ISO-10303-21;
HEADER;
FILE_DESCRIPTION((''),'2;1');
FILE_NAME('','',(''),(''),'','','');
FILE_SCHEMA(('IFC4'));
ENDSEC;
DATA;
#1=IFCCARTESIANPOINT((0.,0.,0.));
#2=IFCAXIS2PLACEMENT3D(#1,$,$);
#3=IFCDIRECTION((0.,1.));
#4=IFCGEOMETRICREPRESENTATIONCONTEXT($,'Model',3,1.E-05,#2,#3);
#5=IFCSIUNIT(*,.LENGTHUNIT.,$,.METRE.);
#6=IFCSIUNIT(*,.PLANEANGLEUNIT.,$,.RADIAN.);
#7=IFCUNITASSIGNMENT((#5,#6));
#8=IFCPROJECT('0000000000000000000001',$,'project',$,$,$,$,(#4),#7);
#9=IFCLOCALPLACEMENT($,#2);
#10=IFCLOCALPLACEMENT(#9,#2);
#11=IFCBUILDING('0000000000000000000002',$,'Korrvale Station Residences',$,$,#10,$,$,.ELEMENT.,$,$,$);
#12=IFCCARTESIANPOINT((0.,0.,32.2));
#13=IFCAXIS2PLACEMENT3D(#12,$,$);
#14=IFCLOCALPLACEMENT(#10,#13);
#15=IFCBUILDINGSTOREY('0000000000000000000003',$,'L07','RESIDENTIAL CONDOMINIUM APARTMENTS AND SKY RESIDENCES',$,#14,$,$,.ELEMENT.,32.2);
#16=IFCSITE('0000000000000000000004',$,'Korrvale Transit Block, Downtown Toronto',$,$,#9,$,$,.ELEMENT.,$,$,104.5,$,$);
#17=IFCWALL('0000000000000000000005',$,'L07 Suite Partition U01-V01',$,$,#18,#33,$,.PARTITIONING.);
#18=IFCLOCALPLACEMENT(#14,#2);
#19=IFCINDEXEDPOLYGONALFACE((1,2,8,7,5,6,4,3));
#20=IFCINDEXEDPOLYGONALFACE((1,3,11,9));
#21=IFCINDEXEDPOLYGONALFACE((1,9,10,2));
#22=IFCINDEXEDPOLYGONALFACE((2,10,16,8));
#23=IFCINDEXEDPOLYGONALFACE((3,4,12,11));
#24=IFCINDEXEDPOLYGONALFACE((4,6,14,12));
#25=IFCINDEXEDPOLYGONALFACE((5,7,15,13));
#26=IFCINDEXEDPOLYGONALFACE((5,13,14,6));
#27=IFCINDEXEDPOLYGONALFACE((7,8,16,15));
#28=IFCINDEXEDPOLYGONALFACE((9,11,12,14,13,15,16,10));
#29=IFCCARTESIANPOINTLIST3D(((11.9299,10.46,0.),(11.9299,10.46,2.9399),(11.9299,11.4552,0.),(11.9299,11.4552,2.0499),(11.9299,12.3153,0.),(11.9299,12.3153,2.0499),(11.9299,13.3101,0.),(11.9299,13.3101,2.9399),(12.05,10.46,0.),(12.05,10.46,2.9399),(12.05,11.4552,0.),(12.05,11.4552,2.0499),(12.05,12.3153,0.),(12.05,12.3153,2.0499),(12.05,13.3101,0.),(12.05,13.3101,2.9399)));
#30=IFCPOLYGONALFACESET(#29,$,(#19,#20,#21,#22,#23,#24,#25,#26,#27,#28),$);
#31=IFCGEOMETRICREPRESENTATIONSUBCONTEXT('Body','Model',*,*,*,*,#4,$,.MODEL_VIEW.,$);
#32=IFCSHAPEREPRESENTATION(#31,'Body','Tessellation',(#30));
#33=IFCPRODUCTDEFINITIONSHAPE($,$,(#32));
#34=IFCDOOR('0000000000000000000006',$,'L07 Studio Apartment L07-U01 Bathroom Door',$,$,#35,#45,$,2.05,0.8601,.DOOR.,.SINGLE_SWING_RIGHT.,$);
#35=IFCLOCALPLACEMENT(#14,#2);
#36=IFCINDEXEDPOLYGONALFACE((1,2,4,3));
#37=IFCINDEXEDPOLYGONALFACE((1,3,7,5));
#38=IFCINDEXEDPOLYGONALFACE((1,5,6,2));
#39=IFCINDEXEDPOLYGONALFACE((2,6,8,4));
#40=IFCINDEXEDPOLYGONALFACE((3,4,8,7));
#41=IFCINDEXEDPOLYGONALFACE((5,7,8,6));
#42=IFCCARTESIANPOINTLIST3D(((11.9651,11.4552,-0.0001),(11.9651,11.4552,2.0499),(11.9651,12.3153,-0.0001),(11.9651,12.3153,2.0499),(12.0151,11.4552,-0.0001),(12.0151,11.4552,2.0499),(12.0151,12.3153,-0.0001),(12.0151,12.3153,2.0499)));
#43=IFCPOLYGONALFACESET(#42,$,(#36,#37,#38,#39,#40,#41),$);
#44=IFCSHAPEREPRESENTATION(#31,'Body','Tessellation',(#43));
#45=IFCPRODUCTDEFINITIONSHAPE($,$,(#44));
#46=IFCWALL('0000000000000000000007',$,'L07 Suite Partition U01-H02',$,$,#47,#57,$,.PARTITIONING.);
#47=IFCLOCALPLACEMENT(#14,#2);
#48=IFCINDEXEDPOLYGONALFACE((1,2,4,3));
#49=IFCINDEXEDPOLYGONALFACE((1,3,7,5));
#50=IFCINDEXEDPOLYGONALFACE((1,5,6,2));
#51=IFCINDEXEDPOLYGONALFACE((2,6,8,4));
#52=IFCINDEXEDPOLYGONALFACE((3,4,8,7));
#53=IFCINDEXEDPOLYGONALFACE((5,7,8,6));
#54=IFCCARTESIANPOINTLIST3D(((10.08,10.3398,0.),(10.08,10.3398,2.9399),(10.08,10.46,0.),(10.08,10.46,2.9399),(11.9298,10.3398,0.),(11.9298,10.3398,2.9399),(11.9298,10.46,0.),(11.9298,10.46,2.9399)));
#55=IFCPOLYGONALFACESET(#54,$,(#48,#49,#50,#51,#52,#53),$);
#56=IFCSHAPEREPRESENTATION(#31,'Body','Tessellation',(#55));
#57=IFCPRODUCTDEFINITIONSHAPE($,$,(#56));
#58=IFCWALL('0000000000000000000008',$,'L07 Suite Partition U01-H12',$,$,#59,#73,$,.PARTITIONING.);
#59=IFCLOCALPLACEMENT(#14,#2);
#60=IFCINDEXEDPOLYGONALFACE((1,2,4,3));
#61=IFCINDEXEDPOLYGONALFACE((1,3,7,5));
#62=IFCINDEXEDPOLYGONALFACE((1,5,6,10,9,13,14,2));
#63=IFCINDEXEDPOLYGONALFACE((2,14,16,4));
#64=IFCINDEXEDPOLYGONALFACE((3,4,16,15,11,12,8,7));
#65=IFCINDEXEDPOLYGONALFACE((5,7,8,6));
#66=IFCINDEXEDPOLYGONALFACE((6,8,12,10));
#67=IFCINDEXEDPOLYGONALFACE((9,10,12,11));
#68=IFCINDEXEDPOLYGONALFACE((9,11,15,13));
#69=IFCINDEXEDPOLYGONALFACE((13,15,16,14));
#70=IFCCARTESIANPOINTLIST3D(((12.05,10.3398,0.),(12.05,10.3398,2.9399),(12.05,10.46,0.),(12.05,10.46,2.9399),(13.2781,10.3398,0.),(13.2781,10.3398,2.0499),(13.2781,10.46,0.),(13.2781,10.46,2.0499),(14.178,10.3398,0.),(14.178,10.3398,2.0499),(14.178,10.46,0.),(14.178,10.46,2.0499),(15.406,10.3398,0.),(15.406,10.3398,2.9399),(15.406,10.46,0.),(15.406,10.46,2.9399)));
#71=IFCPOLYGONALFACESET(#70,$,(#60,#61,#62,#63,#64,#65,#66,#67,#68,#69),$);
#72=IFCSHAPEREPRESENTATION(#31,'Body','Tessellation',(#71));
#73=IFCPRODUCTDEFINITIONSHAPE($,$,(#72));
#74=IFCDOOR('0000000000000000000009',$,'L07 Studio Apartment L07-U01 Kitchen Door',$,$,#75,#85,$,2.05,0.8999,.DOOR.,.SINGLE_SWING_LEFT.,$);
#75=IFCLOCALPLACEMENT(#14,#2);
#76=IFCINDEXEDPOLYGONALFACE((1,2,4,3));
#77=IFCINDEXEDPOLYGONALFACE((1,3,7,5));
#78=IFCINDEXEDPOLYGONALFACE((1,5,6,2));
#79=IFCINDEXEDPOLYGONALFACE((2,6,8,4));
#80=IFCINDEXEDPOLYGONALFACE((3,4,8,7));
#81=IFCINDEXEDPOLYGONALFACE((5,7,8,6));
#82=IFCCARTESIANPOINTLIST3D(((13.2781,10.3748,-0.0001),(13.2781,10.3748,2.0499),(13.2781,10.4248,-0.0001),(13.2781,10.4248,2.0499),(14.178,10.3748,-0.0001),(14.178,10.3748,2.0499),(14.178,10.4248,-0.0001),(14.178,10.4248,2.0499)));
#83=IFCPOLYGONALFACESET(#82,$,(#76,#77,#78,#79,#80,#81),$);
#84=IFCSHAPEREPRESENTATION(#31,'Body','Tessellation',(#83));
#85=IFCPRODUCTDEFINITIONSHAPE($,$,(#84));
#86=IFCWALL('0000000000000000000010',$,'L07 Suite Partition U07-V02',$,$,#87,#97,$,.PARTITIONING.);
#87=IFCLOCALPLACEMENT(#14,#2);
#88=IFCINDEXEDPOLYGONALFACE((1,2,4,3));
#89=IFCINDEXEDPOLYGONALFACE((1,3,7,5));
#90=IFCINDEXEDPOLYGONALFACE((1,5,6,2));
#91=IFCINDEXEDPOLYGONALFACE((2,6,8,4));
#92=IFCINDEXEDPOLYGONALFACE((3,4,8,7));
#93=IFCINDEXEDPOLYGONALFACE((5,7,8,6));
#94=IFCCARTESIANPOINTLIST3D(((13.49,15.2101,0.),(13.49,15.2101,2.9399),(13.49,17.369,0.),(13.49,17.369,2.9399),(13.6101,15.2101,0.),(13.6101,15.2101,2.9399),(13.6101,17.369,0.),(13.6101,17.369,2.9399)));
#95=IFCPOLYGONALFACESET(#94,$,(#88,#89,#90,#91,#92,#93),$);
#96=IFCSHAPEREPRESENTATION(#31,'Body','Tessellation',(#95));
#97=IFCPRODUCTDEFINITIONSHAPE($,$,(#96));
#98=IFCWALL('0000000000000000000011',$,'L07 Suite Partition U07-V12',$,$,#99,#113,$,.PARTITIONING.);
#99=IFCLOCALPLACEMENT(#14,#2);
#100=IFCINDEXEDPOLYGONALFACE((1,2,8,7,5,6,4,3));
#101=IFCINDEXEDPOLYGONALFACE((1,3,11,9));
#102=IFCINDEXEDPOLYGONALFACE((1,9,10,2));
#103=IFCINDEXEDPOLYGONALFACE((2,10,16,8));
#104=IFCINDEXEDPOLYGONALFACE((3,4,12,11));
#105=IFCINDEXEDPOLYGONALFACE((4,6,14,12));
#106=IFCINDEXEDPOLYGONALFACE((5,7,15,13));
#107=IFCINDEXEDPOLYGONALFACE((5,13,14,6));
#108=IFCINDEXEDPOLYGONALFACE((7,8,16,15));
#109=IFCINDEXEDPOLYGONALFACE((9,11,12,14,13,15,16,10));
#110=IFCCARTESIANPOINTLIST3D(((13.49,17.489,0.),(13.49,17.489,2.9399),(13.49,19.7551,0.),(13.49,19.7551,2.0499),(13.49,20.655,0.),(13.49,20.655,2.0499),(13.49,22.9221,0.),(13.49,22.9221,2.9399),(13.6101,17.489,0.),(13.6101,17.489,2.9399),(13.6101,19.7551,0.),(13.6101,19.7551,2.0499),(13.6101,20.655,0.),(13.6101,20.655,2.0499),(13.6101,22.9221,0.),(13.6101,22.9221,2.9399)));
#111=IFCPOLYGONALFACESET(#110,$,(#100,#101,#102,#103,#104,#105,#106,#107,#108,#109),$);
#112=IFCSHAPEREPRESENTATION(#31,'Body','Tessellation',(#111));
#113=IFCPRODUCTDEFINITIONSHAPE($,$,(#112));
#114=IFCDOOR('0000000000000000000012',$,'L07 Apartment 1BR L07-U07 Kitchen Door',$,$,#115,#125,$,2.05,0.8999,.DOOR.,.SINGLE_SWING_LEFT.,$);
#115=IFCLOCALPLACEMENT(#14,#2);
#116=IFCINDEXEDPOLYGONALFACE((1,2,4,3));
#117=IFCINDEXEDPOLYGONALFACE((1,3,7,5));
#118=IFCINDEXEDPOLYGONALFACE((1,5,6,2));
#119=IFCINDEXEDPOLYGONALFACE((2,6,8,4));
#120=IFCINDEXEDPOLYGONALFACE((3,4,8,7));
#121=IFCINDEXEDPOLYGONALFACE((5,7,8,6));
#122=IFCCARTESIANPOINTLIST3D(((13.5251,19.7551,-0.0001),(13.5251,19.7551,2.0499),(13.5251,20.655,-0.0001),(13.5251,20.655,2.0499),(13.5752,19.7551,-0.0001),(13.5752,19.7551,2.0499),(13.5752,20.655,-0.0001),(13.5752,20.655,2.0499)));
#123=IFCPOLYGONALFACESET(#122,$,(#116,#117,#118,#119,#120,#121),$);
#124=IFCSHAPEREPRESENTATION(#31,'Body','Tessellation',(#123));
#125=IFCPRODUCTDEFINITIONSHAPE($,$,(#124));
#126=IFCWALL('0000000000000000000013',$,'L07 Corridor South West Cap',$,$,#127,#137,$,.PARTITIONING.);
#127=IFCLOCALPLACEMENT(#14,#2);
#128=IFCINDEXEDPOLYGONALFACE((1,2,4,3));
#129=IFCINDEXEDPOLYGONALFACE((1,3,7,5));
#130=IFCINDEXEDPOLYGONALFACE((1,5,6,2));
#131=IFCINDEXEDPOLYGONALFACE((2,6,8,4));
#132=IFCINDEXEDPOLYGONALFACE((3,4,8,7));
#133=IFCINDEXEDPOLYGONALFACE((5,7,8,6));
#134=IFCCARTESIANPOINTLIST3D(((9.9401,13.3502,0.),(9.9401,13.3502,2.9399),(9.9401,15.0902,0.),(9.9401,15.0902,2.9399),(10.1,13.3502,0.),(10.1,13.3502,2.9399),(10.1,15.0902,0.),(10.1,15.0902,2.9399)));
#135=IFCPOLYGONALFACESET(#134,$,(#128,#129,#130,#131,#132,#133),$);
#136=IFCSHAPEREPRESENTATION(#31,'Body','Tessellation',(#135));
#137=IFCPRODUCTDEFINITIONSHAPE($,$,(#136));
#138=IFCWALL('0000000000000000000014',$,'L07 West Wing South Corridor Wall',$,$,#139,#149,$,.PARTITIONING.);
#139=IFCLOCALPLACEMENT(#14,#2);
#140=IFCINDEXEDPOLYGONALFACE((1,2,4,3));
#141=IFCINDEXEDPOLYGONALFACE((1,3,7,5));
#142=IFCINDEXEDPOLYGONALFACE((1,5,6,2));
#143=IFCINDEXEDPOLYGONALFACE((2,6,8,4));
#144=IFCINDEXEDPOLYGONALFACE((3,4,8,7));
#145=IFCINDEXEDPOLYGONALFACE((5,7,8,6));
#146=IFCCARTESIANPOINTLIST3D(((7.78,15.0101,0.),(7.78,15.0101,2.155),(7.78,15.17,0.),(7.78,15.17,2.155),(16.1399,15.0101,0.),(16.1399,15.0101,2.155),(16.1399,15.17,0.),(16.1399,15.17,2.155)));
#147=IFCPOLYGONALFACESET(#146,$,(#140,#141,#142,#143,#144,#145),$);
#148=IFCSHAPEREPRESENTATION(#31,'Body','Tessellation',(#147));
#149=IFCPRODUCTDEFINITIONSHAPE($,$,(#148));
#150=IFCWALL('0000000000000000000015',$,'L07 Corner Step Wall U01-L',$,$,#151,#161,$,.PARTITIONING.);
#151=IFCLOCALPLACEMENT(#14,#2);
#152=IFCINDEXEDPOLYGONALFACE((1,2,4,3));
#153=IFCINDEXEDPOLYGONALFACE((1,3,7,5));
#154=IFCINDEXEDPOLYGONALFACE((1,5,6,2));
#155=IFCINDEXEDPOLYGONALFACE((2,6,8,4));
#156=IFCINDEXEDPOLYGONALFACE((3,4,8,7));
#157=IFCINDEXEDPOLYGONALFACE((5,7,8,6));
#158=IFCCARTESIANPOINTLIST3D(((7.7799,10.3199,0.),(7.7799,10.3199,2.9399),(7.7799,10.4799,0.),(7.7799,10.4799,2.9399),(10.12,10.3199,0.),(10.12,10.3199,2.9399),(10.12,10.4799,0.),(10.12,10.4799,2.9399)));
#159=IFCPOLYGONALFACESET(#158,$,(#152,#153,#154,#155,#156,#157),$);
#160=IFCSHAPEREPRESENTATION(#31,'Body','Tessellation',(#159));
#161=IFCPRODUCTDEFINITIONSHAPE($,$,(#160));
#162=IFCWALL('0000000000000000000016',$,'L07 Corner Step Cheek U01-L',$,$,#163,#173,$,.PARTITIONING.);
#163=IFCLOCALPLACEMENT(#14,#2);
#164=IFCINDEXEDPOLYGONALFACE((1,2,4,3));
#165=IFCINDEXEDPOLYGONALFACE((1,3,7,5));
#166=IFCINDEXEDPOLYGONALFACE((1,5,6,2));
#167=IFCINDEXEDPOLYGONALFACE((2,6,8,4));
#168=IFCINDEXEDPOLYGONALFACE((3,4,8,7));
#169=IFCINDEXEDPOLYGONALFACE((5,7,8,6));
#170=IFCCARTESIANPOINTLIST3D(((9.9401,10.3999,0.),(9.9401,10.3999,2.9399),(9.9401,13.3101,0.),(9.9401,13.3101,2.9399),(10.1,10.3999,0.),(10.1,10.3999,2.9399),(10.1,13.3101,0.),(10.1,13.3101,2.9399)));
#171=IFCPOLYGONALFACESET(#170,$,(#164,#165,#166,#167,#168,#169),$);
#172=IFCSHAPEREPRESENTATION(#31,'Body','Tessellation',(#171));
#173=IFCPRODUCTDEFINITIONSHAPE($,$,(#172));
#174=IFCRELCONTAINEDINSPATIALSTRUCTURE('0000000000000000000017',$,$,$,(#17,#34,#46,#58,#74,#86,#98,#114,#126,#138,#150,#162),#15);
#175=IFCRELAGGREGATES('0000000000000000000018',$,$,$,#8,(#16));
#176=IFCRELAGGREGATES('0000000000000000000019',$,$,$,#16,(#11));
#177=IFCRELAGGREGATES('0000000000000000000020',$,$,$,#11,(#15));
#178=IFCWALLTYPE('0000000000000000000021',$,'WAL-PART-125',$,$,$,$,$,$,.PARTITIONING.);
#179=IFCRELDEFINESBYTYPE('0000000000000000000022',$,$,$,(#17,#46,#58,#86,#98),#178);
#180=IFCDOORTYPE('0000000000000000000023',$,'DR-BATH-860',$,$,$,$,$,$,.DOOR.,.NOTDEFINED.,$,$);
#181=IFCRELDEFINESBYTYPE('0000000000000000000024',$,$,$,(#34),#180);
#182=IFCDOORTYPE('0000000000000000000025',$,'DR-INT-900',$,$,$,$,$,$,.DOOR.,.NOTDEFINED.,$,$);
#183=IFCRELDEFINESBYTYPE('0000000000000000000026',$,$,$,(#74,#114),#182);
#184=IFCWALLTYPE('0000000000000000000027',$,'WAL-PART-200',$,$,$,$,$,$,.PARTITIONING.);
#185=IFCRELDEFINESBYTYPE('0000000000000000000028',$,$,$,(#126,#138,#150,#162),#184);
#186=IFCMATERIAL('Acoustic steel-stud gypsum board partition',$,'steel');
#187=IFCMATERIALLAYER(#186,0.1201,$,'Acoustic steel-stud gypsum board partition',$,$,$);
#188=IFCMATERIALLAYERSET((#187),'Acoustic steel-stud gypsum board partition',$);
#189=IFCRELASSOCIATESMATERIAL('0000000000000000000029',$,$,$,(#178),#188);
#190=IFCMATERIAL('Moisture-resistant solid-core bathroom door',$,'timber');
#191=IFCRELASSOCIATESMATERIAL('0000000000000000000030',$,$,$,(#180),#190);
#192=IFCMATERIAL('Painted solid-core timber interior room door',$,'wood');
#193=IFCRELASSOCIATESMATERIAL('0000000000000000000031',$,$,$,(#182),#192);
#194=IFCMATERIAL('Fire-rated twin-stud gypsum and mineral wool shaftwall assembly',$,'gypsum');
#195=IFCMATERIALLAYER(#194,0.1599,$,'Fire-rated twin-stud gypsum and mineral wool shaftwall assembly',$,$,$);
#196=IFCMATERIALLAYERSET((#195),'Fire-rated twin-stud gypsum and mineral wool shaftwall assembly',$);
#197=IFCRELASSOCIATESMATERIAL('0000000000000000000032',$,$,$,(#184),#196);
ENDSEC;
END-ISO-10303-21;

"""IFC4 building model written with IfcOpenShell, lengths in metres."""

from ifc_helpers import new_model, si_unit, direction, frame, frame_2d, origin, place, context, subcontext, project, spatial, rectangle, extrude, material, layer, layer_set, type_object, element, fill, save


model = new_model("IFC4")

# Units and contexts
model_context = context("Model", 3, precision=1e-05, world=origin(), true_north=direction((0.0, 1.0)))
body_context = subcontext(model_context, "Body", "Model", "MODEL_VIEW")
ifc_project = project(units=[si_unit("LENGTHUNIT", "METRE"), si_unit("PLANEANGLEUNIT", "RADIAN")], contexts=[model_context])

# Site, building, storey
site_placement = place(None, origin())
site = spatial("IfcSite", under=ifc_project, at=site_placement, Name="Korrvale Transit Block, Downtown Toronto", CompositionType="ELEMENT", RefElevation=104.5)
building_placement = place(site_placement, origin())
building = spatial("IfcBuilding", under=site, at=building_placement, Name="Korrvale Station Residences", CompositionType="ELEMENT")
storey_placement = place(building_placement, frame((0.0, 0.0, 32.2)))
storey = spatial("IfcBuildingStorey", under=building, at=storey_placement, Name="L07", Description="RESIDENTIAL CONDOMINIUM APARTMENTS AND SKY RESIDENCES", CompositionType="ELEMENT", Elevation=32.2)

# Wall, opening, door
ifc_material_1 = material(Name="Acoustic steel-stud gypsum board partition", Category="steel")
ifc_layer_1 = layer(ifc_material_1, 0.1201, Name="Acoustic steel-stud gypsum board partition")
ifc_layer_set_1 = layer_set([ifc_layer_1], Name="Acoustic steel-stud gypsum board partition")
wall_type_1 = type_object("IfcWallType", Name="WAL-PART-125", PredefinedType="PARTITIONING", material=ifc_layer_set_1)
wall_1_placement = place(storey_placement, frame((11.99, 10.46, 0.0), z_axis=(0.0, 0.0, 1.0), x_axis=(0.0, 1.0, 0.0)))
wall_1 = element("IfcWall", 1, at=wall_1_placement, inside=storey, type_object=wall_type_1, Name="L07 Suite Partition U01-V01", PredefinedType="PARTITIONING", context=body_context, shape_type="SweptSolid", body=[
    extrude(rectangle(XDim=2.8501, YDim=0.1201, at=frame_2d((1.425, 0.0))), origin(), (0.0, 0.0, 1.0), 2.9399),
])
opening_1_placement = place(wall_1_placement, frame((0.9951, 0.0, 0.0)))
opening_1 = element("IfcOpeningElement", 2, at=opening_1_placement, cuts=wall_1, PredefinedType="OPENING", context=body_context, shape_type="SweptSolid", body=[
    extrude(rectangle(XDim=0.8601, YDim=2.05, at=frame_2d((0.4302, 1.0249))), frame((0.0, 0.0701, 0.0), z_axis=(0.0, -1.0, 0.0), x_axis=(1.0, 0.0, 0.0)), (0.0, 0.0, 1.0), 0.1401),
])
ifc_material_2 = material(Name="Moisture-resistant solid-core bathroom door", Category="timber")
door_type_1 = type_object("IfcDoorType", Name="DR-BATH-860", OperationType="NOTDEFINED", PredefinedType="DOOR", material=ifc_material_2)
door_1_placement = place(opening_1_placement, origin())
door_1 = element("IfcDoor", 3, at=door_1_placement, inside=storey, type_object=door_type_1, Name="L07 Studio Apartment L07-U01 Bathroom Door", OperationType="SINGLE_SWING_RIGHT", OverallHeight=2.05, OverallWidth=0.8601, PredefinedType="DOOR", context=body_context, shape_type="SweptSolid", body=[
    extrude(rectangle(XDim=0.8601, YDim=2.05, at=frame_2d((0.4302, 1.0249))), frame((0.0, 0.0249, 0.0), z_axis=(0.0, -1.0, 0.0), x_axis=(1.0, 0.0, 0.0)), (0.0, 0.0, 1.0), 0.05),
])
fill(opening_1, door_1)

# Wall
wall_2_placement = place(storey_placement, frame((10.0801, 10.3999, 0.0), z_axis=(0.0, 0.0, 1.0), x_axis=(1.0, 0.0, 0.0)))
element("IfcWall", 4, at=wall_2_placement, inside=storey, type_object=wall_type_1, Name="L07 Suite Partition U01-H02", PredefinedType="PARTITIONING", context=body_context, shape_type="SweptSolid", body=[
    extrude(rectangle(XDim=1.8499, YDim=0.1201, at=frame_2d((0.9248, 0.0))), origin(), (0.0, 0.0, 1.0), 2.9399),
])

# Wall, opening, door
wall_3_placement = place(storey_placement, frame((12.05, 10.3999, 0.0), z_axis=(0.0, 0.0, 1.0), x_axis=(1.0, 0.0, 0.0)))
wall_3 = element("IfcWall", 5, at=wall_3_placement, inside=storey, type_object=wall_type_1, Name="L07 Suite Partition U01-H12", PredefinedType="PARTITIONING", context=body_context, shape_type="SweptSolid", body=[
    extrude(rectangle(XDim=3.356, YDim=0.1201, at=frame_2d((1.678, 0.0))), origin(), (0.0, 0.0, 1.0), 2.9399),
])
opening_2_placement = place(wall_3_placement, frame((1.228, 0.0, 0.0)))
opening_2 = element("IfcOpeningElement", 6, at=opening_2_placement, cuts=wall_3, PredefinedType="OPENING", context=body_context, shape_type="SweptSolid", body=[
    extrude(rectangle(XDim=0.8999, YDim=2.05, at=frame_2d((0.45, 1.0249))), frame((0.0, 0.0701, 0.0), z_axis=(0.0, -1.0, 0.0), x_axis=(1.0, 0.0, 0.0)), (0.0, 0.0, 1.0), 0.1401),
])
ifc_material_3 = material(Name="Painted solid-core timber interior room door", Category="wood")
door_type_2 = type_object("IfcDoorType", Name="DR-INT-900", OperationType="NOTDEFINED", PredefinedType="DOOR", material=ifc_material_3)
door_2_placement = place(opening_2_placement, origin())
door_2 = element("IfcDoor", 7, at=door_2_placement, inside=storey, type_object=door_type_2, Name="L07 Studio Apartment L07-U01 Kitchen Door", OperationType="SINGLE_SWING_LEFT", OverallHeight=2.05, OverallWidth=0.8999, PredefinedType="DOOR", context=body_context, shape_type="SweptSolid", body=[
    extrude(rectangle(XDim=0.8999, YDim=2.05, at=frame_2d((0.45, 1.0249))), frame((0.0, 0.0249, 0.0), z_axis=(0.0, -1.0, 0.0), x_axis=(1.0, 0.0, 0.0)), (0.0, 0.0, 1.0), 0.05),
])
fill(opening_2, door_2)

# Wall
wall_4_placement = place(storey_placement, frame((13.55, 15.21, 0.0), z_axis=(0.0, 0.0, 1.0), x_axis=(0.0, 1.0, 0.0)))
element("IfcWall", 8, at=wall_4_placement, inside=storey, type_object=wall_type_1, Name="L07 Suite Partition U07-V02", PredefinedType="PARTITIONING", context=body_context, shape_type="SweptSolid", body=[
    extrude(rectangle(XDim=2.1589, YDim=0.1201, at=frame_2d((1.0796, 0.0))), origin(), (0.0, 0.0, 1.0), 2.9399),
])

# Wall, opening, door
wall_5_placement = place(storey_placement, frame((13.55, 17.489, 0.0), z_axis=(0.0, 0.0, 1.0), x_axis=(0.0, 1.0, 0.0)))
wall_5 = element("IfcWall", 9, at=wall_5_placement, inside=storey, type_object=wall_type_1, Name="L07 Suite Partition U07-V12", PredefinedType="PARTITIONING", context=body_context, shape_type="SweptSolid", body=[
    extrude(rectangle(XDim=5.4331, YDim=0.1201, at=frame_2d((2.7166, 0.0))), origin(), (0.0, 0.0, 1.0), 2.9399),
])
opening_3_placement = place(wall_5_placement, frame((2.2661, 0.0, 0.0)))
opening_3 = element("IfcOpeningElement", 10, at=opening_3_placement, cuts=wall_5, PredefinedType="OPENING", context=body_context, shape_type="SweptSolid", body=[
    extrude(rectangle(XDim=0.8999, YDim=2.05, at=frame_2d((0.45, 1.0249))), frame((0.0, 0.0701, 0.0), z_axis=(0.0, -1.0, 0.0), x_axis=(1.0, 0.0, 0.0)), (0.0, 0.0, 1.0), 0.1401),
])
door_3_placement = place(opening_3_placement, origin())
door_3 = element("IfcDoor", 11, at=door_3_placement, inside=storey, type_object=door_type_2, Name="L07 Apartment 1BR L07-U07 Kitchen Door", OperationType="SINGLE_SWING_LEFT", OverallHeight=2.05, OverallWidth=0.8999, PredefinedType="DOOR", context=body_context, shape_type="SweptSolid", body=[
    extrude(rectangle(XDim=0.8999, YDim=2.05, at=frame_2d((0.45, 1.0249))), frame((0.0, 0.0249, 0.0), z_axis=(0.0, -1.0, 0.0), x_axis=(1.0, 0.0, 0.0)), (0.0, 0.0, 1.0), 0.05),
])
fill(opening_3, door_3)

# Walls
ifc_material_4 = material(Name="Fire-rated twin-stud gypsum and mineral wool shaftwall assembly", Category="gypsum")
ifc_layer_2 = layer(ifc_material_4, 0.1599, Name="Fire-rated twin-stud gypsum and mineral wool shaftwall assembly")
ifc_layer_set_2 = layer_set([ifc_layer_2], Name="Fire-rated twin-stud gypsum and mineral wool shaftwall assembly")
wall_type_2 = type_object("IfcWallType", Name="WAL-PART-200", PredefinedType="PARTITIONING", material=ifc_layer_set_2)
wall_6_placement = place(storey_placement, frame((10.02, 13.3501, 0.0), z_axis=(0.0, 0.0, 1.0), x_axis=(0.0, 1.0, 0.0)))
element("IfcWall", 12, at=wall_6_placement, inside=storey, type_object=wall_type_2, Name="L07 Corridor South West Cap", PredefinedType="PARTITIONING", context=body_context, shape_type="SweptSolid", body=[
    extrude(rectangle(XDim=1.74, YDim=0.1599, at=frame_2d((0.8701, 0.0))), origin(), (0.0, 0.0, 1.0), 2.9399),
])
wall_7_placement = place(storey_placement, frame((7.78, 15.0901, 0.0), z_axis=(0.0, 0.0, 1.0), x_axis=(1.0, 0.0, 0.0)))
element("IfcWall", 13, at=wall_7_placement, inside=storey, type_object=wall_type_2, Name="L07 West Wing South Corridor Wall", PredefinedType="PARTITIONING", context=body_context, shape_type="SweptSolid", body=[
    extrude(rectangle(XDim=8.3599, YDim=0.1599, at=frame_2d((4.1799, 0.0))), origin(), (0.0, 0.0, 1.0), 2.155),
])
wall_8_placement = place(storey_placement, frame((7.78, 10.3999, 0.0), z_axis=(0.0, 0.0, 1.0), x_axis=(1.0, 0.0, 0.0)))
element("IfcWall", 14, at=wall_8_placement, inside=storey, type_object=wall_type_2, Name="L07 Corner Step Wall U01-L", PredefinedType="PARTITIONING", context=body_context, shape_type="SweptSolid", body=[
    extrude(rectangle(XDim=2.3401, YDim=0.1599, at=frame_2d((1.1699, 0.0))), origin(), (0.0, 0.0, 1.0), 2.9399),
])
wall_9_placement = place(storey_placement, frame((10.02, 10.3999, 0.0), z_axis=(0.0, 0.0, 1.0), x_axis=(0.0, 1.0, 0.0)))
element("IfcWall", 15, at=wall_9_placement, inside=storey, type_object=wall_type_2, Name="L07 Corner Step Cheek U01-L", PredefinedType="PARTITIONING", context=body_context, shape_type="SweptSolid", body=[
    extrude(rectangle(XDim=2.9102, YDim=0.1599, at=frame_2d((1.4551, 0.0))), origin(), (0.0, 0.0, 1.0), 2.9399),
])

save(model, "model.ifc")
